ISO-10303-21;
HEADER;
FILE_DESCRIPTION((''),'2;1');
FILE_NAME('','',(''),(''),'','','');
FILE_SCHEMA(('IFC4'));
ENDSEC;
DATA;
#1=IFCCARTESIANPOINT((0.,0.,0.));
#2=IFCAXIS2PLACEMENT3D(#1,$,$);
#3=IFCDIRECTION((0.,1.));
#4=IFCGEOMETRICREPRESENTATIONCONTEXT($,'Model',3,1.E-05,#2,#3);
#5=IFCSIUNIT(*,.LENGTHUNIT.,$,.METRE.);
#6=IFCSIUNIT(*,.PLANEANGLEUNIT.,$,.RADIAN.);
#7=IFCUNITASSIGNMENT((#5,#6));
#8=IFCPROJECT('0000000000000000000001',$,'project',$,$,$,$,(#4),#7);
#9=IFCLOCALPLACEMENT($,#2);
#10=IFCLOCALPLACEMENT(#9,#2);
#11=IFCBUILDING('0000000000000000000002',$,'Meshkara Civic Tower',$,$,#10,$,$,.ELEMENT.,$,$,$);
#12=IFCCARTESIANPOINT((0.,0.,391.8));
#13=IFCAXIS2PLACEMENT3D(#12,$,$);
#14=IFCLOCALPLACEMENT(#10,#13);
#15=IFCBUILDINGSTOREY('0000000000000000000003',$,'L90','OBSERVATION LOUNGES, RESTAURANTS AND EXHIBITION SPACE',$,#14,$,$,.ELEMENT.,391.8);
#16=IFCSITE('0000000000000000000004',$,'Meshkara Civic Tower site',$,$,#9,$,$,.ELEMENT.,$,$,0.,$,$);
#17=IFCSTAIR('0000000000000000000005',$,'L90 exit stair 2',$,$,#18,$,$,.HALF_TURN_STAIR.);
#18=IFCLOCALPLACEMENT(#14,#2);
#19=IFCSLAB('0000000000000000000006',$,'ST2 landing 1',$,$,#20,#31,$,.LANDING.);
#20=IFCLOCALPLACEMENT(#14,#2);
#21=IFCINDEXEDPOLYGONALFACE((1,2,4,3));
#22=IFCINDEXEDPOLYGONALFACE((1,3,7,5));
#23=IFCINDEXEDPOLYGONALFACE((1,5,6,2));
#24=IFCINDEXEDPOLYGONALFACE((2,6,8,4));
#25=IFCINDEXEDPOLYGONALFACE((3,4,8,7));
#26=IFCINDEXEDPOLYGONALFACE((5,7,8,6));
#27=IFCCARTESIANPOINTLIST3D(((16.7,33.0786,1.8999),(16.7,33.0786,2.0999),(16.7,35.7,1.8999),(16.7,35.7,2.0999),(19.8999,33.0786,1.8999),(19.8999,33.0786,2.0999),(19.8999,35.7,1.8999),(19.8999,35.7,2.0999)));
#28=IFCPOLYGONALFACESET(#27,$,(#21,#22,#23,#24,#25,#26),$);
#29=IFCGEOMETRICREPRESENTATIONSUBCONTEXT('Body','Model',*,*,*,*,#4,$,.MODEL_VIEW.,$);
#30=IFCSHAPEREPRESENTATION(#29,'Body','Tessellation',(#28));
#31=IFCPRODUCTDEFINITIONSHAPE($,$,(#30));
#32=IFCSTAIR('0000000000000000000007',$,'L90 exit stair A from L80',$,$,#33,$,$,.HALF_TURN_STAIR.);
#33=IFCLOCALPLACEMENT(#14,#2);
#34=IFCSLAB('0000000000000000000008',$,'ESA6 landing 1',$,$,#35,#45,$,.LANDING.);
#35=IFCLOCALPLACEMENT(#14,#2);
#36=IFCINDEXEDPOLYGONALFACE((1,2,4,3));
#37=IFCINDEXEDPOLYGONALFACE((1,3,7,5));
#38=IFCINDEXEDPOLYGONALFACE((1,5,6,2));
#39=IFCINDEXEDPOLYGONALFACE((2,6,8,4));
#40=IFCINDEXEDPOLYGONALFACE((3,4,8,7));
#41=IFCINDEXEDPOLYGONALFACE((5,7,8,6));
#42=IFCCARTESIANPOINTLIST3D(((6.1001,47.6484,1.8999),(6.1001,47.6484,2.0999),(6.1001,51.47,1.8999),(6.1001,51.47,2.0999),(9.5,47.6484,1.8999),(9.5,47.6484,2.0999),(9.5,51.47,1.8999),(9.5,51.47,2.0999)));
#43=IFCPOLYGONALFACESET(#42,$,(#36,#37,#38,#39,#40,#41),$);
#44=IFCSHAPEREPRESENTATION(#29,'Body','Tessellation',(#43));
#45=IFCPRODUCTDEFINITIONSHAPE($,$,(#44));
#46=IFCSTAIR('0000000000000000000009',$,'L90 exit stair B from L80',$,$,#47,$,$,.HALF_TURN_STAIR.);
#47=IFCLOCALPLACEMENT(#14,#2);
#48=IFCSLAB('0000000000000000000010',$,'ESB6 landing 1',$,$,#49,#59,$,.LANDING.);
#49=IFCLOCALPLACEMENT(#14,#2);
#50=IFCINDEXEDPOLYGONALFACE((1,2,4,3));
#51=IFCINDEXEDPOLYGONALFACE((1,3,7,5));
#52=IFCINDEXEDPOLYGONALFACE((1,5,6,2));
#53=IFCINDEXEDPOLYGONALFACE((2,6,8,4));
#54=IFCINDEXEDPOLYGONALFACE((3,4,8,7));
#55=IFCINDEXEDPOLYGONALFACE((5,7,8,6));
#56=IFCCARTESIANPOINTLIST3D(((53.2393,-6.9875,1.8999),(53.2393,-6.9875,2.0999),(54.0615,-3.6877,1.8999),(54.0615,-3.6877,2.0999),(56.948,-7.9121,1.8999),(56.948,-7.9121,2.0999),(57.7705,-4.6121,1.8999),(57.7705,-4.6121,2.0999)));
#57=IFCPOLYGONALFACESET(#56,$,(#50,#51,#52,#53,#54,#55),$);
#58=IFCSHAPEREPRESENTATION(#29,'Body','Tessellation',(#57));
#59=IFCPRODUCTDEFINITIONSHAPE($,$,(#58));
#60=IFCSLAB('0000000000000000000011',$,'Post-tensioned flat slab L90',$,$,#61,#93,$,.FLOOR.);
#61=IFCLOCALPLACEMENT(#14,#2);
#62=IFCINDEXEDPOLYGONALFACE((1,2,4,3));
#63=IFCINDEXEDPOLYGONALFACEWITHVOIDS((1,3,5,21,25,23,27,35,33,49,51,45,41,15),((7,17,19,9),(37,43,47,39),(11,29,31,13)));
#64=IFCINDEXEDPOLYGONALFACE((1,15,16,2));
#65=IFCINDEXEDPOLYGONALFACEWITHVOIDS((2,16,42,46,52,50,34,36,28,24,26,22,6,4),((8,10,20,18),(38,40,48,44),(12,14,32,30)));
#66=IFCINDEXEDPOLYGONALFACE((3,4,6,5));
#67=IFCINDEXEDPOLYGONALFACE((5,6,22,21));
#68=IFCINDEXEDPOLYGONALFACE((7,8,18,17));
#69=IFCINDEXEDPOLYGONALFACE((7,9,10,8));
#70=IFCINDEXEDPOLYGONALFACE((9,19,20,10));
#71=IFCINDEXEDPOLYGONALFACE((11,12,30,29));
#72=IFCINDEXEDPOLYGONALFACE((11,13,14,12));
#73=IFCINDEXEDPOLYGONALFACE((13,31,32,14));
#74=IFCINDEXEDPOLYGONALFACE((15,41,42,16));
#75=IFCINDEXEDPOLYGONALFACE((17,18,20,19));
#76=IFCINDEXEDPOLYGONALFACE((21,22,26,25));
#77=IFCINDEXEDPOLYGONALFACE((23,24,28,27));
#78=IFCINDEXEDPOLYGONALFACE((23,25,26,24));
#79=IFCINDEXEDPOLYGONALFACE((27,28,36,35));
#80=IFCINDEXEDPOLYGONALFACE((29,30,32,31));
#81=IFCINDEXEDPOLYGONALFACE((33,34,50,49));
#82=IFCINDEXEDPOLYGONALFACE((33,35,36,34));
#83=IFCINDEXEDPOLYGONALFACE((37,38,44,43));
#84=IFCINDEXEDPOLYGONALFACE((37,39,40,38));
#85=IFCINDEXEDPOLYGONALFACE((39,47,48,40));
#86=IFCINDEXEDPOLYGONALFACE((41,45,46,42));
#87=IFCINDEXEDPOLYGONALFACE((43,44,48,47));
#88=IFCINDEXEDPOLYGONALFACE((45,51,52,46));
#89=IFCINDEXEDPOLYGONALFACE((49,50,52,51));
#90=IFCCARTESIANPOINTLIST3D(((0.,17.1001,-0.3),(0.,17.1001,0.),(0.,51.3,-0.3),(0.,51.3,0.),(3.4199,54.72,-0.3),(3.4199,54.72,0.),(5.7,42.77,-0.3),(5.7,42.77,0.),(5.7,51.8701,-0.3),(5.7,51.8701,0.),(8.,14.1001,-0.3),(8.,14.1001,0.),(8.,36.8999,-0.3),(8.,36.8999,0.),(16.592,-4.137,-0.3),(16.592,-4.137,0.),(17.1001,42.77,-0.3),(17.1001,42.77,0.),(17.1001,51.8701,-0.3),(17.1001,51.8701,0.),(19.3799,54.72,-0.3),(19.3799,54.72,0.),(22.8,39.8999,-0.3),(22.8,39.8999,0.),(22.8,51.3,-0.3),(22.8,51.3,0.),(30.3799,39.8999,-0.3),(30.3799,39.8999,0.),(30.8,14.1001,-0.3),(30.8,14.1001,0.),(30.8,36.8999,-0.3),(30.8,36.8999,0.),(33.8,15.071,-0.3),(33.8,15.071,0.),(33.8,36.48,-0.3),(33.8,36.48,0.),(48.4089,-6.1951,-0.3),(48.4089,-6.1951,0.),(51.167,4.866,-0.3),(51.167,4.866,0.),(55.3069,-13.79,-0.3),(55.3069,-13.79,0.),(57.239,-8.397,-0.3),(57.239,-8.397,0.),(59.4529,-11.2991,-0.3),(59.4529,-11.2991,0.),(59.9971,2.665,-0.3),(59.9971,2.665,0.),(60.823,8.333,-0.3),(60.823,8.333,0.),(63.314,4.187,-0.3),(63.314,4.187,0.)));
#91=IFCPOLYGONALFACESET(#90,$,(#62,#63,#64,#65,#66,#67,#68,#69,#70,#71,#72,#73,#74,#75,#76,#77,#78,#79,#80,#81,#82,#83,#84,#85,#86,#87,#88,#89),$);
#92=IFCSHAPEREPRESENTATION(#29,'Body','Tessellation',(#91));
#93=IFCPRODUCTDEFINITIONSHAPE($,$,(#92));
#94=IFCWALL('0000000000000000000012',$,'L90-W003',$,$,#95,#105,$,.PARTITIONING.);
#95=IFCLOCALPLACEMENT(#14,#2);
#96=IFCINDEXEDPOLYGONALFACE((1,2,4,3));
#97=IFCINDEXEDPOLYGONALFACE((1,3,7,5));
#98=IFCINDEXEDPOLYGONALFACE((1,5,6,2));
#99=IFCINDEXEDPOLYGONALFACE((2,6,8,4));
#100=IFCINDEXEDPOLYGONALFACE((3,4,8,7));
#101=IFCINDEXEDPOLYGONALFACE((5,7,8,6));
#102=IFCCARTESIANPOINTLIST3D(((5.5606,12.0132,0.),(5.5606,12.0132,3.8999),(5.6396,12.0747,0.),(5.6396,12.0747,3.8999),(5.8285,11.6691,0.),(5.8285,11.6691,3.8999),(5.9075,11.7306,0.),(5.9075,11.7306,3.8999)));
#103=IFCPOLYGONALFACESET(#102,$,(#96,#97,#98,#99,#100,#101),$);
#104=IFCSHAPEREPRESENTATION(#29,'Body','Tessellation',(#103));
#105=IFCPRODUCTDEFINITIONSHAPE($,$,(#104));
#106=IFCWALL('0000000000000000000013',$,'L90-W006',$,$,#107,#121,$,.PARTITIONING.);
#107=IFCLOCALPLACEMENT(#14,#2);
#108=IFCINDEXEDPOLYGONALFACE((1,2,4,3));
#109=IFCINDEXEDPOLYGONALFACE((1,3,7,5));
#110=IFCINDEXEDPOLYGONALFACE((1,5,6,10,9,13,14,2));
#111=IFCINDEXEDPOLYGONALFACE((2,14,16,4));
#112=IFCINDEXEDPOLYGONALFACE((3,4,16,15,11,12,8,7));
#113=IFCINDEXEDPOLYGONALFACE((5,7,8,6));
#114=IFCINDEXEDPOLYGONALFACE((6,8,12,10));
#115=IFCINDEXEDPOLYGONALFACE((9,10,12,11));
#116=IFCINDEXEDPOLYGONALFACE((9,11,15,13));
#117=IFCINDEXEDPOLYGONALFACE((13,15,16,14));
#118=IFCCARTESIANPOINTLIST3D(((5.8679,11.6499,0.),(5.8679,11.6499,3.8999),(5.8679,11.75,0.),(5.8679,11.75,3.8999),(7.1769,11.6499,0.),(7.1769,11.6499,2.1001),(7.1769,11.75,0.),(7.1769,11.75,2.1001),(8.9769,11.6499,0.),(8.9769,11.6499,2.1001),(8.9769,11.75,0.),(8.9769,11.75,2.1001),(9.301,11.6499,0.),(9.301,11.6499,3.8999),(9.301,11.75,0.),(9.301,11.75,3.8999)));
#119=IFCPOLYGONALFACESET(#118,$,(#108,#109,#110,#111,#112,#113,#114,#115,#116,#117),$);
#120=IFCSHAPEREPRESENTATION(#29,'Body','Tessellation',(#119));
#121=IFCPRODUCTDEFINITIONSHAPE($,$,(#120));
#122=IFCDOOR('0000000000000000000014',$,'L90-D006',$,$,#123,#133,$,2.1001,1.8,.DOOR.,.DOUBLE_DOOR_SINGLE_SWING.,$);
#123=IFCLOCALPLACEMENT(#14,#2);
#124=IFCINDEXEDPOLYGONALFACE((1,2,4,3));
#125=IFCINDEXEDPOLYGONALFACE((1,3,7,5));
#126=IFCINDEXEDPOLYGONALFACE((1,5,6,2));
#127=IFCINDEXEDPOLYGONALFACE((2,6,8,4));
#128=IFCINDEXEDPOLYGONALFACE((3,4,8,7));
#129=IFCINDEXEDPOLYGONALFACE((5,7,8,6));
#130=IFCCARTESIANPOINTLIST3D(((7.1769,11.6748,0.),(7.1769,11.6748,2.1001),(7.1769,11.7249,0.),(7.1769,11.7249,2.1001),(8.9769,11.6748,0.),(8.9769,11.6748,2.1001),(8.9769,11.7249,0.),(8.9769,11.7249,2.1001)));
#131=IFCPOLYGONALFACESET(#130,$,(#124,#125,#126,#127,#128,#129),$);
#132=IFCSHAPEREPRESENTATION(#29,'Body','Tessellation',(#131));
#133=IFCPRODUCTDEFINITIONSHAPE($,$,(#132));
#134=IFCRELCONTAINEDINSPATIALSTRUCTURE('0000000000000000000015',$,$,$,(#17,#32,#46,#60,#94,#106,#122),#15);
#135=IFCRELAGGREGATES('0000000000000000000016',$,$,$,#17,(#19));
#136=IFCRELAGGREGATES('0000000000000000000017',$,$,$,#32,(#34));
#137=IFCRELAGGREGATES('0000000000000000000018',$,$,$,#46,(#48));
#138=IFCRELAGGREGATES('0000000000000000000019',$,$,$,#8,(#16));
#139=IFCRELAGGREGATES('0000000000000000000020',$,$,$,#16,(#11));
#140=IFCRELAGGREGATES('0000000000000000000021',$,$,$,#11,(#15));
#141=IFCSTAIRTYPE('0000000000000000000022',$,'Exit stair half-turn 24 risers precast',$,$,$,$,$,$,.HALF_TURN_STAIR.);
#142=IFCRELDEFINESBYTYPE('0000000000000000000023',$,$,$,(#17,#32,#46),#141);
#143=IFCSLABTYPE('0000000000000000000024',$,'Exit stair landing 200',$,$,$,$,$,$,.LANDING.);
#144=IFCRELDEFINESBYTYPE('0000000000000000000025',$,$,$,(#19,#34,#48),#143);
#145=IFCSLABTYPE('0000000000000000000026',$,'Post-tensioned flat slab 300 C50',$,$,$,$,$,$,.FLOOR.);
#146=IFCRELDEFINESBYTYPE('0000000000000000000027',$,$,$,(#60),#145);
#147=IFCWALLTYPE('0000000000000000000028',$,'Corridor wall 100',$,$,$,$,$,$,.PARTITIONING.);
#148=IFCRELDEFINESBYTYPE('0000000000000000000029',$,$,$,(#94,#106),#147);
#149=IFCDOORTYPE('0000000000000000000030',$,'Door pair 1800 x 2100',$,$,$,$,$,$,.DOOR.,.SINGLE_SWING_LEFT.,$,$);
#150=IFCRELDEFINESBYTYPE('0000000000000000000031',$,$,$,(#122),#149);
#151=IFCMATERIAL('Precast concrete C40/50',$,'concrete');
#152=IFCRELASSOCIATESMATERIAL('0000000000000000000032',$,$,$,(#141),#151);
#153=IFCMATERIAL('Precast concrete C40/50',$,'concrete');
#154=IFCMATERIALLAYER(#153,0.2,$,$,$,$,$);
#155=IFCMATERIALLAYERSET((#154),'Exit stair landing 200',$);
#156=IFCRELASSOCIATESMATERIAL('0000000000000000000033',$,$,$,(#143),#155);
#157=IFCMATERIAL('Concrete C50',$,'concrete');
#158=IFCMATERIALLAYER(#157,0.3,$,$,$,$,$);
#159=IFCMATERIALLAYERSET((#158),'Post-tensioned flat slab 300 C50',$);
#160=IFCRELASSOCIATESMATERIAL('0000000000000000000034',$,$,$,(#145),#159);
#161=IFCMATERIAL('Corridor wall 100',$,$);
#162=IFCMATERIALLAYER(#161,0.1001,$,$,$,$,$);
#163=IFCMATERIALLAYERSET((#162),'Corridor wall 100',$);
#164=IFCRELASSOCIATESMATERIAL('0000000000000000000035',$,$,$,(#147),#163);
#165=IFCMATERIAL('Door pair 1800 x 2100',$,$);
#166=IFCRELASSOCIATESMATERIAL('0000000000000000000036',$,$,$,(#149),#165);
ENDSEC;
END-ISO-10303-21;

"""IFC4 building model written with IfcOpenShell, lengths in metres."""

from ifc_helpers import new_model, si_unit, direction, frame, frame_2d, origin, place, context, subcontext, project, spatial, polyline, rectangle, outline, extrude, material, layer, layer_set, type_object, element, fill, aggregate, save


model = new_model("IFC4")

# Units and contexts
model_context = context("Model", 3, precision=1e-05, world=origin(), true_north=direction((0.0, 1.0)))
body_context = subcontext(model_context, "Body", "Model", "MODEL_VIEW")
ifc_project = project(units=[si_unit("LENGTHUNIT", "METRE"), si_unit("PLANEANGLEUNIT", "RADIAN")], contexts=[model_context])

# Site, building, storey
site_placement = place(None, origin())
site = spatial("IfcSite", under=ifc_project, at=site_placement, Name="Meshkara Civic Tower site", CompositionType="ELEMENT", RefElevation=0.0)
building_placement = place(site_placement, origin())
building = spatial("IfcBuilding", under=site, at=building_placement, Name="Meshkara Civic Tower", CompositionType="ELEMENT")
storey_placement = place(building_placement, frame((0.0, 0.0, 391.8)))
storey = spatial("IfcBuildingStorey", under=building, at=storey_placement, Name="L90", Description="OBSERVATION LOUNGES, RESTAURANTS AND EXHIBITION SPACE", CompositionType="ELEMENT", Elevation=391.8)

# Stairs, slabs
ifc_material_1 = material(Name="Precast concrete C40/50", Category="concrete")
stair_type = type_object("IfcStairType", Name="Exit stair half-turn 24 risers precast", PredefinedType="HALF_TURN_STAIR", material=ifc_material_1)
ifc_material_2 = material(Name="Precast concrete C40/50", Category="concrete")
ifc_layer_1 = layer(ifc_material_2, 0.2)
ifc_layer_set_1 = layer_set([ifc_layer_1], Name="Exit stair landing 200")
slab_type_1 = type_object("IfcSlabType", Name="Exit stair landing 200", PredefinedType="LANDING", material=ifc_layer_set_1)
stair_1_placement = place(storey_placement, origin())
stair_1 = element("IfcStair", 1, at=stair_1_placement, inside=storey, type_object=stair_type, Name="L90 exit stair 2", PredefinedType="HALF_TURN_STAIR")
slab_1_placement = place(storey_placement, frame((0.0, 0.0, 1.8999)))
slab_1 = element("IfcSlab", 2, at=slab_1_placement, type_object=slab_type_1, Name="ST2 landing 1", PredefinedType="LANDING", context=body_context, shape_type="SweptSolid", body=[
    extrude(outline(polyline([(19.8999, 33.0786), (19.8999, 35.7), (16.7, 35.7), (16.7, 33.0786), (19.8999, 33.0786)])), origin(), (0.0, 0.0, 1.0), 0.2),
])
aggregate(stair_1, [slab_1])
stair_2_placement = place(storey_placement, origin())
stair_2 = element("IfcStair", 3, at=stair_2_placement, inside=storey, type_object=stair_type, Name="L90 exit stair A from L80", PredefinedType="HALF_TURN_STAIR")
slab_2_placement = place(storey_placement, frame((0.0, 0.0, 1.8999)))
slab_2 = element("IfcSlab", 4, at=slab_2_placement, type_object=slab_type_1, Name="ESA6 landing 1", PredefinedType="LANDING", context=body_context, shape_type="SweptSolid", body=[
    extrude(outline(polyline([(9.5, 47.6484), (9.5, 51.47), (6.1001, 51.47), (6.1001, 47.6484), (9.5, 47.6484)])), origin(), (0.0, 0.0, 1.0), 0.2),
])
aggregate(stair_2, [slab_2])
stair_3_placement = place(storey_placement, origin())
stair_3 = element("IfcStair", 5, at=stair_3_placement, inside=storey, type_object=stair_type, Name="L90 exit stair B from L80", PredefinedType="HALF_TURN_STAIR")
slab_3_placement = place(storey_placement, frame((0.0, 0.0, 1.8999)))
slab_3 = element("IfcSlab", 6, at=slab_3_placement, type_object=slab_type_1, Name="ESB6 landing 1", PredefinedType="LANDING", context=body_context, shape_type="SweptSolid", body=[
    extrude(outline(polyline([(53.2393, -6.9875), (56.948, -7.9121), (57.7705, -4.6121), (54.0615, -3.6877), (53.2393, -6.9875)])), origin(), (0.0, 0.0, 1.0), 0.2),
])
aggregate(stair_3, [slab_3])

# Slab
ifc_material_3 = material(Name="Concrete C50", Category="concrete")
ifc_layer_2 = layer(ifc_material_3, 0.3)
ifc_layer_set_2 = layer_set([ifc_layer_2], Name="Post-tensioned flat slab 300 C50")
slab_type_2 = type_object("IfcSlabType", Name="Post-tensioned flat slab 300 C50", PredefinedType="FLOOR", material=ifc_layer_set_2)
slab_4_placement = place(storey_placement, frame((0.0, 0.0, -0.3)))
element("IfcSlab", 7, at=slab_4_placement, inside=storey, type_object=slab_type_2, Name="Post-tensioned flat slab L90", PredefinedType="FLOOR", context=body_context, shape_type="SweptSolid", body=[
    extrude(outline(polyline([(59.4529, -11.2991), (55.3069, -13.79), (16.592, -4.137), (0.0, 17.1001), (0.0, 51.3), (3.4199, 54.72), (19.3799, 54.72), (22.8, 51.3), (22.8, 39.8999), (30.3799, 39.8999), (33.8, 36.48), (33.8, 15.071), (60.823, 8.333), (63.314, 4.187), (59.4529, -11.2991)]), holes=[polyline([(57.239, -8.397), (59.9971, 2.665), (51.167, 4.866), (48.4089, -6.1951), (57.239, -8.397)]), polyline([(8.0, 14.1001), (30.8, 14.1001), (30.8, 36.8999), (8.0, 36.8999), (8.0, 14.1001)]), polyline([(5.7, 51.8701), (5.7, 42.77), (17.1001, 42.77), (17.1001, 51.8701), (5.7, 51.8701)])]), origin(), (0.0, 0.0, 1.0), 0.3),
])

# Wall
ifc_material_4 = material(Name="Corridor wall 100")
ifc_layer_3 = layer(ifc_material_4, 0.1001)
ifc_layer_set_3 = layer_set([ifc_layer_3], Name="Corridor wall 100")
wall_type = type_object("IfcWallType", Name="Corridor wall 100", PredefinedType="PARTITIONING", material=ifc_layer_set_3)
wall_1_placement = place(storey_placement, frame((5.6001, 12.0439, 0.0), z_axis=(0.0, 0.0, 1.0), x_axis=(0.614328, -0.789051, 0.0)))
element("IfcWall", 8, at=wall_1_placement, inside=storey, type_object=wall_type, Name="L90-W003", PredefinedType="PARTITIONING", context=body_context, shape_type="SweptSolid", body=[
    extrude(rectangle(XDim=0.436, YDim=0.1001, at=frame_2d((0.218, 0.0))), origin(), (0.0, 0.0, 1.0), 3.8999),
])

# Wall, opening, door
wall_2_placement = place(storey_placement, frame((5.8679, 11.7, 0.0), z_axis=(0.0, 0.0, 1.0), x_axis=(1.0, 0.0, 0.0)))
wall_2 = element("IfcWall", 9, at=wall_2_placement, inside=storey, type_object=wall_type, Name="L90-W006", PredefinedType="PARTITIONING", context=body_context, shape_type="SweptSolid", body=[
    extrude(rectangle(XDim=3.4331, YDim=0.1001, at=frame_2d((1.7166, 0.0))), origin(), (0.0, 0.0, 1.0), 3.8999),
])
opening_placement = place(wall_2_placement, frame((1.3091, 0.0, 0.0)))
opening = element("IfcOpeningElement", 10, at=opening_placement, cuts=wall_2, PredefinedType="OPENING", context=body_context, shape_type="SweptSolid", body=[
    extrude(rectangle(XDim=1.8, YDim=2.1001, at=frame_2d((0.8999, 1.05))), frame((0.0, 0.0601, 0.0), z_axis=(0.0, -1.0, 0.0), x_axis=(1.0, 0.0, 0.0)), (0.0, 0.0, 1.0), 0.1201),
])
ifc_material_5 = material(Name="Door pair 1800 x 2100")
door_type = type_object("IfcDoorType", Name="Door pair 1800 x 2100", OperationType="SINGLE_SWING_LEFT", PredefinedType="DOOR", material=ifc_material_5)
door_placement = place(opening_placement, origin())
door = element("IfcDoor", 11, at=door_placement, inside=storey, type_object=door_type, Name="L90-D006", OperationType="DOUBLE_DOOR_SINGLE_SWING", OverallHeight=2.1001, OverallWidth=1.8, PredefinedType="DOOR", context=body_context, shape_type="SweptSolid", body=[
    extrude(rectangle(XDim=1.8, YDim=2.1001, at=frame_2d((0.8999, 1.05))), frame((0.0, 0.0249, 0.0), z_axis=(0.0, -1.0, 0.0), x_axis=(1.0, 0.0, 0.0)), (0.0, 0.0, 1.0), 0.05),
])
fill(opening, door)

save(model, "model.ifc")
